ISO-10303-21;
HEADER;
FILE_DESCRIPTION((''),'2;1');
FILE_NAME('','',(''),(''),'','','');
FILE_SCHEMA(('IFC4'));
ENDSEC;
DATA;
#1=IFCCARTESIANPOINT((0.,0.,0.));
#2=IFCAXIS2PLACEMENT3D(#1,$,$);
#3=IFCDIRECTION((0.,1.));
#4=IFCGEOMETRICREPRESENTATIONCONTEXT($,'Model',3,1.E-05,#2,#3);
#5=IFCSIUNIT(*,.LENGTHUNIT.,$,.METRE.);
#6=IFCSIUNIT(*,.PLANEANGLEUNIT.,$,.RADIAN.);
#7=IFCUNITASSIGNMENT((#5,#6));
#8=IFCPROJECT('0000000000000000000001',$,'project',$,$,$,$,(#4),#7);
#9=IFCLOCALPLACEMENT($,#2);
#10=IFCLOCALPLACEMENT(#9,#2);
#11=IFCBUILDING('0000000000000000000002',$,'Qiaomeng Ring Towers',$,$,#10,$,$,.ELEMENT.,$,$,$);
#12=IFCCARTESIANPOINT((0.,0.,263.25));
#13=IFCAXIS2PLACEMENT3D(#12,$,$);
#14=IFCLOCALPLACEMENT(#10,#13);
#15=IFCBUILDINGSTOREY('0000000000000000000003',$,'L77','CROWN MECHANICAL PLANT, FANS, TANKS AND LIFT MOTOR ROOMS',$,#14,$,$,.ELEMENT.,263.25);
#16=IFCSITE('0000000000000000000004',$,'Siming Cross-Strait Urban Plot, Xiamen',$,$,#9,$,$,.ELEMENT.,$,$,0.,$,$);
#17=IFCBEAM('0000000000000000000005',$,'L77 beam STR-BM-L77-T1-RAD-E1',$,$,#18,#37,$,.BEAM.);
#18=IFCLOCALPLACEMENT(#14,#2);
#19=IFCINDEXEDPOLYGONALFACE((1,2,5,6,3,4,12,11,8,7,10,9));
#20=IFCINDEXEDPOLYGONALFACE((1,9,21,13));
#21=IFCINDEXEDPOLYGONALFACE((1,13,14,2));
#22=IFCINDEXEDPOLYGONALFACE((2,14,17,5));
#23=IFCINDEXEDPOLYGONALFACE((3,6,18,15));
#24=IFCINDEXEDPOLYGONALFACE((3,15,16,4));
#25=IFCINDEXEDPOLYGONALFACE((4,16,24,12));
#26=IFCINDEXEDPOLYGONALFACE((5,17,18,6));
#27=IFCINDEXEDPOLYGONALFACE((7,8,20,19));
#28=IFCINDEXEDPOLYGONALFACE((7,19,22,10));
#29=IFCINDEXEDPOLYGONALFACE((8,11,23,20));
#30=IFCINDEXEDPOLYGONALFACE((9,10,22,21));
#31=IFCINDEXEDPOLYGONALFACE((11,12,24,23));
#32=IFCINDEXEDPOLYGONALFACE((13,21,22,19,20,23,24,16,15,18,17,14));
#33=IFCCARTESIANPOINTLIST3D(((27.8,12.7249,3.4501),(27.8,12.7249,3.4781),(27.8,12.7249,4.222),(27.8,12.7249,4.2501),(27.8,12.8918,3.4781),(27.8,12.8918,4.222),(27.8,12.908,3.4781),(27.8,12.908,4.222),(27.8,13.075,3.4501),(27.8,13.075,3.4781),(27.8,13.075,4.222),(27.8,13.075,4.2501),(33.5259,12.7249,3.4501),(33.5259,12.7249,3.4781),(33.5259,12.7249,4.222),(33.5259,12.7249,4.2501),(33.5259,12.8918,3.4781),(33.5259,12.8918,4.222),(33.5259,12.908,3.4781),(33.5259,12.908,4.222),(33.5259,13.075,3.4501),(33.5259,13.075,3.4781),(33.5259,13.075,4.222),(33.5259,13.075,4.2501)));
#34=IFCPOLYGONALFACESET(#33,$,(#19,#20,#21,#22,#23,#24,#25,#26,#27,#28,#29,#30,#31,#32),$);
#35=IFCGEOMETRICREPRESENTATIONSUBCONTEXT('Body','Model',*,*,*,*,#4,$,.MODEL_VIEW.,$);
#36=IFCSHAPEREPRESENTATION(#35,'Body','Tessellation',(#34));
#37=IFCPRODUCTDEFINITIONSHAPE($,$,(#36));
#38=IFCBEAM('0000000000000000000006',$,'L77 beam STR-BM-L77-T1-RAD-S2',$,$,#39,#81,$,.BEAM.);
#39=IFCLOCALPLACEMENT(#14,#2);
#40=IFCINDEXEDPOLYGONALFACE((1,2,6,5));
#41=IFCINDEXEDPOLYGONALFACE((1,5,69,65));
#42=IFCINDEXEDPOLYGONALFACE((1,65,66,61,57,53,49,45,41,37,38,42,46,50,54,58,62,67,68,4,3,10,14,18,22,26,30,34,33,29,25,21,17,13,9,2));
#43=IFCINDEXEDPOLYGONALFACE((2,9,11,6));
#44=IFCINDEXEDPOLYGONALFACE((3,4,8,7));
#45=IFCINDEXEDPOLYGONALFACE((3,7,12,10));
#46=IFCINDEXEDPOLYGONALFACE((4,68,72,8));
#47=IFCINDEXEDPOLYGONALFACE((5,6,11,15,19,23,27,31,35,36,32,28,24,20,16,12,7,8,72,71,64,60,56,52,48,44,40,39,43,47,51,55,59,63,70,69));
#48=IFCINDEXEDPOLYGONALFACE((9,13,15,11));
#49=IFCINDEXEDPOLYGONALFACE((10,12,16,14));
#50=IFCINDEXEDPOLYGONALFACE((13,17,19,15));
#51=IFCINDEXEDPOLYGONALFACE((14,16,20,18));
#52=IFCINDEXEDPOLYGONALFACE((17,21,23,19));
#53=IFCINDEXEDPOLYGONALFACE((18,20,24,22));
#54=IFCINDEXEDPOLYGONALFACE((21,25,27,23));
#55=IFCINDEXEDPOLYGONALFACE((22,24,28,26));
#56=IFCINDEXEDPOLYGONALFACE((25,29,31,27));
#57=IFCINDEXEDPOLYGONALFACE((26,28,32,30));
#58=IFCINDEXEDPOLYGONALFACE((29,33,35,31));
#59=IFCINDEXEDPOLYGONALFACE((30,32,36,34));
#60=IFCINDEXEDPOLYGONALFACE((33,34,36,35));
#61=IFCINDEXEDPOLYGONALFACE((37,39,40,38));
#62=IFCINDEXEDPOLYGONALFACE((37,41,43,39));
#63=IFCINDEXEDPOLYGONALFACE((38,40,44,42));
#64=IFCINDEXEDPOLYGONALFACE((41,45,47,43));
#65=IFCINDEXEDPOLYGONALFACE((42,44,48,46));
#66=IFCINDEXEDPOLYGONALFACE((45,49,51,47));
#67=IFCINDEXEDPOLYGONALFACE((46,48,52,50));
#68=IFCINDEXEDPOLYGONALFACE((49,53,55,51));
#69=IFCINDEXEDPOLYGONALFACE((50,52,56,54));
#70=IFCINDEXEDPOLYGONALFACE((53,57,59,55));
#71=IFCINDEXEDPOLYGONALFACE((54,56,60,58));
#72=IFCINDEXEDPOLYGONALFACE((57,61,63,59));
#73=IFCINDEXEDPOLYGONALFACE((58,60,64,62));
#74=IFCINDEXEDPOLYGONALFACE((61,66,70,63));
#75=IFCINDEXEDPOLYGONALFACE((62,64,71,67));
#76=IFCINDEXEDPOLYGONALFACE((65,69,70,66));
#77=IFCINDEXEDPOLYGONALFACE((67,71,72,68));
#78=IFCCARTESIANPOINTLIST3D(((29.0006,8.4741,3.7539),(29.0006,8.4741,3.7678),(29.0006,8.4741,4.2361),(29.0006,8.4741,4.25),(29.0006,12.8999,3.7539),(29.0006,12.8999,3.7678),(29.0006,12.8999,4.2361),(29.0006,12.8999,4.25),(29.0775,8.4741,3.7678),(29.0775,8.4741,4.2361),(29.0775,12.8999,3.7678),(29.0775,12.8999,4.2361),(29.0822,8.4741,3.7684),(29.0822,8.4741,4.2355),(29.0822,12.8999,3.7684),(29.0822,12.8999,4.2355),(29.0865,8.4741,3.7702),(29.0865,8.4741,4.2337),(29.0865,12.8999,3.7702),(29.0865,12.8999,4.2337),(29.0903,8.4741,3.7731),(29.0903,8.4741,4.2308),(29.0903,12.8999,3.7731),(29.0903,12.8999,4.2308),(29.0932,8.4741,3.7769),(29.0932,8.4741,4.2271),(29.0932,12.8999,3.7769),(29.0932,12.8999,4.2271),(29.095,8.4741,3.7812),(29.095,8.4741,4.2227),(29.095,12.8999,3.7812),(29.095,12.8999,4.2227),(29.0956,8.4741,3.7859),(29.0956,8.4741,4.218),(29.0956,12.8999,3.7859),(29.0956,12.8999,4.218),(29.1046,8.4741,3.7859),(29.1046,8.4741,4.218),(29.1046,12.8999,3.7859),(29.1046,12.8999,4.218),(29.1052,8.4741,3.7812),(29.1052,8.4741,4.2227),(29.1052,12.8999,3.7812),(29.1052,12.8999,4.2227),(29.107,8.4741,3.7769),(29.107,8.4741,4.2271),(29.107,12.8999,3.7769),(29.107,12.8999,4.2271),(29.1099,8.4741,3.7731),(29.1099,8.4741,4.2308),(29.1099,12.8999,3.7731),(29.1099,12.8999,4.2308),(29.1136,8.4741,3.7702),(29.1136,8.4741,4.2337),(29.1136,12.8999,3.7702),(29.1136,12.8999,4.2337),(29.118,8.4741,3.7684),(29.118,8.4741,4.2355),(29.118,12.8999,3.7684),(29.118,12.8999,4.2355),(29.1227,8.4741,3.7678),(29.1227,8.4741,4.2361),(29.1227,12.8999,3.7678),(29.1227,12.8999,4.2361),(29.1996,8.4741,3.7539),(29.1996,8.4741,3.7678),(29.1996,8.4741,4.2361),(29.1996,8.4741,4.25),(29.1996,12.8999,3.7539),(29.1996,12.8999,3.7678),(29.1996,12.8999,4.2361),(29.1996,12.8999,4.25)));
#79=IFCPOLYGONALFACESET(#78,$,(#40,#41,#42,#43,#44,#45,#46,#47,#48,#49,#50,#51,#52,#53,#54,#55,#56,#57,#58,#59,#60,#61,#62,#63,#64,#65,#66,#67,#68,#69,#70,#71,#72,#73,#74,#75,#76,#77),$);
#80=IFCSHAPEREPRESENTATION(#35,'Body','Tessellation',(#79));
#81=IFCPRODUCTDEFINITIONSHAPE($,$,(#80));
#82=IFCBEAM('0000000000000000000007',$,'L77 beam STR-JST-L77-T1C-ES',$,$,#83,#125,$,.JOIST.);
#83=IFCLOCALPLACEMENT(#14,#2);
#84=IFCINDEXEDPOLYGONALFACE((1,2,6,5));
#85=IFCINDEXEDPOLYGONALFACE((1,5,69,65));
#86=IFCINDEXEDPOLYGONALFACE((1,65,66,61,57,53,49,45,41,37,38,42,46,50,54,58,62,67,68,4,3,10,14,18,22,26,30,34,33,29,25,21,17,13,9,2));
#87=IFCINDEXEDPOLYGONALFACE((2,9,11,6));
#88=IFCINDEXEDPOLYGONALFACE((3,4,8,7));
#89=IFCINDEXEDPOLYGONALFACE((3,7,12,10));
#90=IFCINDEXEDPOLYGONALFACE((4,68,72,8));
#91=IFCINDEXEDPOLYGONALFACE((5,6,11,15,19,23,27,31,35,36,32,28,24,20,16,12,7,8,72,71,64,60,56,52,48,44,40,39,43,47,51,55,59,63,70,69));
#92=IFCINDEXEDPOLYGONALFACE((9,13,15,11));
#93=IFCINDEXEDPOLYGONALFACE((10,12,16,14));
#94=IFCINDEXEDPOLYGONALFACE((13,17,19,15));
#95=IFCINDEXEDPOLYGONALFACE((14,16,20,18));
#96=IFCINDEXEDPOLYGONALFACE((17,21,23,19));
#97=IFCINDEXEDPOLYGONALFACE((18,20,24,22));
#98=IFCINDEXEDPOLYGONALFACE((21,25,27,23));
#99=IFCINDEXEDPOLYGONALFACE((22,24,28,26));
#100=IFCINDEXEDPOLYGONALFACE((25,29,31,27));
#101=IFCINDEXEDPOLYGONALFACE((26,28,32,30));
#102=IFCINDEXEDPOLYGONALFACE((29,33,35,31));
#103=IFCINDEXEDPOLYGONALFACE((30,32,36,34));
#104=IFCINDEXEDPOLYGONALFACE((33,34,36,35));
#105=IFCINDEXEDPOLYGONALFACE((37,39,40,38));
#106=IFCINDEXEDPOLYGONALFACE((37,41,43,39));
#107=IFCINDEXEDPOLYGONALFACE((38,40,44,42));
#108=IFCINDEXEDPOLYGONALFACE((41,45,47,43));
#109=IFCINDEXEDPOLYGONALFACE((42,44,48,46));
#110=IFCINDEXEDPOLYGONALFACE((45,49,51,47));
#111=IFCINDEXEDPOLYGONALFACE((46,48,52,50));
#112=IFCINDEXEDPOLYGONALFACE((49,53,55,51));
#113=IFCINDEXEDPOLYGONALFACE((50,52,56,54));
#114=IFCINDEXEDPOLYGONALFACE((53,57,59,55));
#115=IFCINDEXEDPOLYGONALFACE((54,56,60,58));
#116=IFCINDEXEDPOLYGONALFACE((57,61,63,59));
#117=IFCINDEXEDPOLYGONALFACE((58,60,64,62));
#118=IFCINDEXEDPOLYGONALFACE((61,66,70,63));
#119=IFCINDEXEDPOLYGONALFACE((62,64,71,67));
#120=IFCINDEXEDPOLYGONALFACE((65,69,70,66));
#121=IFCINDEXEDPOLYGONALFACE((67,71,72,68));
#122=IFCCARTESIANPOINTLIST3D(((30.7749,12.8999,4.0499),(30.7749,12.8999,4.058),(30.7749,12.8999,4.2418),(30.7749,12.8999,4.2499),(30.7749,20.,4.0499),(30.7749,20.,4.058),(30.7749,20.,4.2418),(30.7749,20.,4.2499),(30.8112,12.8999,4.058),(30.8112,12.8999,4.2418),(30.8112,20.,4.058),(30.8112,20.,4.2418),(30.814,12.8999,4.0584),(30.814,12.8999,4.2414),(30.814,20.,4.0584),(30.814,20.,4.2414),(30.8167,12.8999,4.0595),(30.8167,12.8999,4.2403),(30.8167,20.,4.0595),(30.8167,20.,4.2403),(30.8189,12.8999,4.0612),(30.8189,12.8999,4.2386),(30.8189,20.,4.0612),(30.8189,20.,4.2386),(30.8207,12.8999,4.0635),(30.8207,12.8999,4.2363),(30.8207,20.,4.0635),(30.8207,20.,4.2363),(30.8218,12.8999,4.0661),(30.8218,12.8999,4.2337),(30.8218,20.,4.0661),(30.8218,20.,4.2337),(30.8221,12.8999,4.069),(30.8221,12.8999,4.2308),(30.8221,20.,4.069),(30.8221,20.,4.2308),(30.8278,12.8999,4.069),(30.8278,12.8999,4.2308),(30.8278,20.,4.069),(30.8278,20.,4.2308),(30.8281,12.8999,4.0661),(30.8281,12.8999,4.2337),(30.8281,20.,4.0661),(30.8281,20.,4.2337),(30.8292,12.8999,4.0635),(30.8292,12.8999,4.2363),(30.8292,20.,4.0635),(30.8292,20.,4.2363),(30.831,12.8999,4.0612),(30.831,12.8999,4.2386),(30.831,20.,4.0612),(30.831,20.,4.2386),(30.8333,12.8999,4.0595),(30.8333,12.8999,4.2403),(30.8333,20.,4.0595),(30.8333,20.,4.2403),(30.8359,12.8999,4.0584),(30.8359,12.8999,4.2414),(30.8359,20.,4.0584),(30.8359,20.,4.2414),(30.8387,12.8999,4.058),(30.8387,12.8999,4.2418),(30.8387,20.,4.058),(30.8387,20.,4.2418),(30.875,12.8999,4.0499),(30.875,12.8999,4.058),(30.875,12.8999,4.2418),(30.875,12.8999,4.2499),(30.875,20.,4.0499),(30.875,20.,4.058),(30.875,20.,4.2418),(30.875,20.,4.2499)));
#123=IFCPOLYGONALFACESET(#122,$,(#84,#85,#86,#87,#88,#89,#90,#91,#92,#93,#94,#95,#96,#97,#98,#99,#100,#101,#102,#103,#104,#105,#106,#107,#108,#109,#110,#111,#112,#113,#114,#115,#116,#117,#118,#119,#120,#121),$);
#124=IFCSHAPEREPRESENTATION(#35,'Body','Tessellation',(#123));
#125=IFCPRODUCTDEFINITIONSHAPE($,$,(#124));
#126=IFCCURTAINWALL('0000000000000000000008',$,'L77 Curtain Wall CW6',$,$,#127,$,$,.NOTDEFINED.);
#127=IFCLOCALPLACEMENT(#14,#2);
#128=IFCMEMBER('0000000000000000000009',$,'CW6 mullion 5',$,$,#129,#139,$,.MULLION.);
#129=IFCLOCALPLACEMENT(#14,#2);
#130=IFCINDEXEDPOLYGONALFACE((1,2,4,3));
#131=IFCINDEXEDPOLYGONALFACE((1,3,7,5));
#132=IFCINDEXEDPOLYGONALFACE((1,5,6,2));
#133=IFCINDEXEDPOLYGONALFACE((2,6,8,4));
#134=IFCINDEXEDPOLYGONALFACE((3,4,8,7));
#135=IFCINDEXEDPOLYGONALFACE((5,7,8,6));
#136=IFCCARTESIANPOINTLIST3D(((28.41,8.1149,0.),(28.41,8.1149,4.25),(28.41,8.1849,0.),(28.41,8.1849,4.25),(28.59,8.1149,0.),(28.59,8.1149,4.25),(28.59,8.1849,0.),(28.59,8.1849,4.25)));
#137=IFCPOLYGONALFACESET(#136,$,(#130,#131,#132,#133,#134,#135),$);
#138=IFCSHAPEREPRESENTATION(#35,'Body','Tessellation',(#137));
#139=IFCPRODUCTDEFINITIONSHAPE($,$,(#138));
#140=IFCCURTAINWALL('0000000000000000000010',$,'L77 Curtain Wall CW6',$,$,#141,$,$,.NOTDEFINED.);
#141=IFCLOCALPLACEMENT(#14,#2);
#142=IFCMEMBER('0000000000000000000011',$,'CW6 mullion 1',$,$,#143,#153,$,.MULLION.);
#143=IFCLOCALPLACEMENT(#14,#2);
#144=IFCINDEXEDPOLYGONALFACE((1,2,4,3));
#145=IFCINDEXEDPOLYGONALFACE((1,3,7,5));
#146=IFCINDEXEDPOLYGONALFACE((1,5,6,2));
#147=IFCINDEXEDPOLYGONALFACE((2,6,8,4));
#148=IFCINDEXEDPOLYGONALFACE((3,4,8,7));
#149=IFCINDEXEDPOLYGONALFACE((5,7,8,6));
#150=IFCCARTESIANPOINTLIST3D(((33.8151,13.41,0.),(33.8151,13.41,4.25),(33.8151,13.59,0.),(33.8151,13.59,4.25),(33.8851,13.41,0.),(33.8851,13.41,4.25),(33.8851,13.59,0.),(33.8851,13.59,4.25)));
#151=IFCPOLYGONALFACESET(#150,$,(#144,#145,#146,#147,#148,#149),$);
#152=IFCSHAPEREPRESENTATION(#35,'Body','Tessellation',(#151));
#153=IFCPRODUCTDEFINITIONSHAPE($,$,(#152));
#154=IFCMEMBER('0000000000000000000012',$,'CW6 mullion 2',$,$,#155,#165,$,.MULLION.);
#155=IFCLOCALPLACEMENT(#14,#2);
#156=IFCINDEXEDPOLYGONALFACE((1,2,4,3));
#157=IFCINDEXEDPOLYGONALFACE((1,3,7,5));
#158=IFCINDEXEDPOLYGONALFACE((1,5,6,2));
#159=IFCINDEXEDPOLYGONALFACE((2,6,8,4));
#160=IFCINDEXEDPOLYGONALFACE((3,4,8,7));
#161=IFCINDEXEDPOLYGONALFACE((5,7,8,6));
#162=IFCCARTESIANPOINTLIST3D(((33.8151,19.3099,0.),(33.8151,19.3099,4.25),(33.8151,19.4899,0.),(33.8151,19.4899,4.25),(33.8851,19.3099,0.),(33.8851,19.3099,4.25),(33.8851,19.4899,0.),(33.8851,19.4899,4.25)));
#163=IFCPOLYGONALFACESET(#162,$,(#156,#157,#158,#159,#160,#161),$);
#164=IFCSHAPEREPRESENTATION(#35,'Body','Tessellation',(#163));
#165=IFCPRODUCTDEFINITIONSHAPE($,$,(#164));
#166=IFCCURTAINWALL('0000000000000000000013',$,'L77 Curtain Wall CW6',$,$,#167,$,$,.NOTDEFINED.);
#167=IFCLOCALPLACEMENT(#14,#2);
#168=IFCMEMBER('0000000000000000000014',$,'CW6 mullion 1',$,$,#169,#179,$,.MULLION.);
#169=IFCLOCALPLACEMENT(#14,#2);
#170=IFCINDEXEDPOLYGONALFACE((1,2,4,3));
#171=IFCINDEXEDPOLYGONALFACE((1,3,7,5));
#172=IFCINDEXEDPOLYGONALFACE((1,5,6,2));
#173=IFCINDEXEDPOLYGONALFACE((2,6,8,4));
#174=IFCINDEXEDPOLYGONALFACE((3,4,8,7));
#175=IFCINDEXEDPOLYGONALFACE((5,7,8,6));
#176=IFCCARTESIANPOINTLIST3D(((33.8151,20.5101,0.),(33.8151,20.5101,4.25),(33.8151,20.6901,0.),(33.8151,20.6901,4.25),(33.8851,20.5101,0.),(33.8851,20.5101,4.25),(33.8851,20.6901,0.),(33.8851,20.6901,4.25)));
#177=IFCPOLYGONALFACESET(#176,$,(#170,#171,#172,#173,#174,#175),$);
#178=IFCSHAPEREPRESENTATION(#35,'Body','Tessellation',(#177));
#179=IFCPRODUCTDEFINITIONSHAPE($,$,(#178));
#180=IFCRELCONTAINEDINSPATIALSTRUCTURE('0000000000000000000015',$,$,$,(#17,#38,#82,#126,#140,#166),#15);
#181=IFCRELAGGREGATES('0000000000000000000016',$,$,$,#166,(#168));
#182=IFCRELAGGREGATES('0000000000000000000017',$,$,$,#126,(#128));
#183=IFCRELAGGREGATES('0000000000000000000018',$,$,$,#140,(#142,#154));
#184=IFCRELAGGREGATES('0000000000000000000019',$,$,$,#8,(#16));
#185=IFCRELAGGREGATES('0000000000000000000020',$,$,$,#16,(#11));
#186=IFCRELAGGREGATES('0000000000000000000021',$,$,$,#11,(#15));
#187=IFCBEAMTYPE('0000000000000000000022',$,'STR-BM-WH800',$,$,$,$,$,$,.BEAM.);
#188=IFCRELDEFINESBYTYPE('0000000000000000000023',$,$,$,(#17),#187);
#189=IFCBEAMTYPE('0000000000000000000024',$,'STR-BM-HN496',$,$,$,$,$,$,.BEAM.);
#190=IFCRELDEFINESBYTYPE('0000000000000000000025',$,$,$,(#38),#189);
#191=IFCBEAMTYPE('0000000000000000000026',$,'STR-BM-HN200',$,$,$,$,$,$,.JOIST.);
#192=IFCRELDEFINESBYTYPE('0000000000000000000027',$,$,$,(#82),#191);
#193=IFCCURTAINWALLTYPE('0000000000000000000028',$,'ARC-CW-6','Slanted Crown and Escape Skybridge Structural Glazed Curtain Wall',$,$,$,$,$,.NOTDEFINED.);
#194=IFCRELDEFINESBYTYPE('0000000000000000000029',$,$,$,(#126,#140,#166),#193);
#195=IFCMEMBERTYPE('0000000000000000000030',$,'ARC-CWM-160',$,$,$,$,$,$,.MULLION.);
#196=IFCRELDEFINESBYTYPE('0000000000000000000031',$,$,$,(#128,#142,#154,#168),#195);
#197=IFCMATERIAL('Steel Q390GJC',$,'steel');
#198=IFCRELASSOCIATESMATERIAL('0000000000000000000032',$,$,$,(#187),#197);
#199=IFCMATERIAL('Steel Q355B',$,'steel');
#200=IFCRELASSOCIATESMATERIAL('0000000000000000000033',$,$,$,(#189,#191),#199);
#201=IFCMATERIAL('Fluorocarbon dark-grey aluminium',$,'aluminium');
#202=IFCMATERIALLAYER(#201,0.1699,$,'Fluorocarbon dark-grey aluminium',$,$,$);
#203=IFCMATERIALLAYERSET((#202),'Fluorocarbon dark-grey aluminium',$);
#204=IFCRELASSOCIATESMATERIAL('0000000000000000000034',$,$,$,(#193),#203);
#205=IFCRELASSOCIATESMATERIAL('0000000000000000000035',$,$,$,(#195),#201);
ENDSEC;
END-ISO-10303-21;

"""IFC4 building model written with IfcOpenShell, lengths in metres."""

from ifc_helpers import new_model, si_unit, direction, frame, origin, origin_2d, place, context, subcontext, project, spatial, rectangle, i_section, extrude, source, transform, mapped, material, layer, layer_set, material_profile, profile_set, type_object, element, aggregate, save


model = new_model("IFC4")

# Units and contexts
model_context = context("Model", 3, precision=1e-05, world=origin(), true_north=direction((0.0, 1.0)))
body_context = subcontext(model_context, "Body", "Model", "MODEL_VIEW")
ifc_project = project(units=[si_unit("LENGTHUNIT", "METRE"), si_unit("PLANEANGLEUNIT", "RADIAN")], contexts=[model_context])

# Site, building, storey
site_placement = place(None, origin())
site = spatial("IfcSite", under=ifc_project, at=site_placement, Name="Siming Cross-Strait Urban Plot, Xiamen", CompositionType="ELEMENT", RefElevation=0.0)
building_placement = place(site_placement, origin())
building = spatial("IfcBuilding", under=site, at=building_placement, Name="Qiaomeng Ring Towers", CompositionType="ELEMENT")
storey_placement = place(building_placement, frame((0.0, 0.0, 263.25)))
storey = spatial("IfcBuildingStorey", under=building, at=storey_placement, Name="L77", Description="CROWN MECHANICAL PLANT, FANS, TANKS AND LIFT MOTOR ROOMS", CompositionType="ELEMENT", Elevation=263.25)

# Beams
ifc_material_1 = material(Name="Steel Q355B", Category="steel")
ifc_material_2 = material(Name="Steel Q390GJC", Category="steel")
ifc_material_profile_1 = material_profile(ifc_material_2, i_section(OverallWidth=0.3501, OverallDepth=0.8, WebThickness=0.0161, FlangeThickness=0.0281, at=origin_2d()), Name="WH 800x350x16x28")
ifc_profile_set_1 = profile_set([ifc_material_profile_1], Name="Steel Q390GJC")
beam_type_1 = type_object("IfcBeamType", Name="STR-BM-WH800", PredefinedType="BEAM", material=ifc_profile_set_1)
shared_shape_1 = source(origin(), body_context, "Body", "SweptSolid", [
    extrude(i_section(OverallWidth=0.3501, OverallDepth=0.8, WebThickness=0.0161, FlangeThickness=0.0281, at=origin_2d()), origin(), (0.0, 0.0, 1.0), 5.7258),
])
beam_1_placement = place(storey_placement, frame((27.8, 12.8999, 3.8501), z_axis=(1.0, 0.0, 0.0), x_axis=(0.0, 1.0, 0.0)))
element("IfcBeam", 1, at=beam_1_placement, inside=storey, type_object=beam_type_1, Name="L77 beam STR-BM-L77-T1-RAD-E1", PredefinedType="BEAM", context=body_context, shape_type="MappedRepresentation", body=[
    mapped(shared_shape_1, transform((0.0, 0.0, 0.0), x_axis=(1.0, 0.0, 0.0), y_axis=(0.0, 1.0, 0.0), z_axis=(0.0, 0.0, 1.0), scale=1.0)),
])
ifc_material_profile_2 = material_profile(ifc_material_1, i_section(OverallWidth=0.199, OverallDepth=0.4961, WebThickness=0.009, FlangeThickness=0.0139, FilletRadius=0.0181, at=origin_2d()), Name="HN 496x199x9x14")
ifc_profile_set_2 = profile_set([ifc_material_profile_2], Name="Steel Q355B")
beam_type_2 = type_object("IfcBeamType", Name="STR-BM-HN496", PredefinedType="BEAM", material=ifc_profile_set_2)
shared_shape_2 = source(origin(), body_context, "Body", "SweptSolid", [
    extrude(i_section(OverallWidth=0.199, OverallDepth=0.4961, WebThickness=0.009, FlangeThickness=0.0139, FilletRadius=0.0181, at=origin_2d()), origin(), (0.0, 0.0, 1.0), 4.4258),
])
beam_2_placement = place(storey_placement, frame((29.1001, 8.4741, 4.002), z_axis=(0.0, 1.0, 0.0), x_axis=(-1.0, 0.0, 0.0)))
element("IfcBeam", 2, at=beam_2_placement, inside=storey, type_object=beam_type_2, Name="L77 beam STR-BM-L77-T1-RAD-S2", PredefinedType="BEAM", context=body_context, shape_type="MappedRepresentation", body=[
    mapped(shared_shape_2, transform((0.0, 0.0, 0.0), x_axis=(1.0, 0.0, 0.0), y_axis=(0.0, 1.0, 0.0), z_axis=(0.0, 0.0, 1.0), scale=1.0)),
])
ifc_material_profile_3 = material_profile(ifc_material_1, i_section(OverallWidth=0.1001, OverallDepth=0.2, WebThickness=0.0056, FlangeThickness=0.0081, FilletRadius=0.011, at=origin_2d()), Name="HN 200x100x5.5x8")
ifc_profile_set_3 = profile_set([ifc_material_profile_3], Name="Steel Q355B")
beam_type_3 = type_object("IfcBeamType", Name="STR-BM-HN200", PredefinedType="JOIST", material=ifc_profile_set_3)
shared_shape_3 = source(origin(), body_context, "Body", "SweptSolid", [
    extrude(i_section(OverallWidth=0.1001, OverallDepth=0.2, WebThickness=0.0056, FlangeThickness=0.0081, FilletRadius=0.011, at=origin_2d()), origin(), (0.0, 0.0, 1.0), 7.1001),
])
beam_3_placement = place(storey_placement, frame((30.825, 12.8999, 4.1499), z_axis=(0.0, 1.0, 0.0), x_axis=(-1.0, 0.0, 0.0)))
element("IfcBeam", 3, at=beam_3_placement, inside=storey, type_object=beam_type_3, Name="L77 beam STR-JST-L77-T1C-ES", PredefinedType="JOIST", context=body_context, shape_type="MappedRepresentation", body=[
    mapped(shared_shape_3, transform((0.0, 0.0, 0.0), x_axis=(1.0, 0.0, 0.0), y_axis=(0.0, 1.0, 0.0), z_axis=(0.0, 0.0, 1.0), scale=1.0)),
])

# Curtain wall, member
ifc_material_3 = material(Name="Fluorocarbon dark-grey aluminium", Category="aluminium")
ifc_layer_1 = layer(ifc_material_3, 0.1699, Name="Fluorocarbon dark-grey aluminium")
ifc_layer_set_1 = layer_set([ifc_layer_1], Name="Fluorocarbon dark-grey aluminium")
curtain_wall_type = type_object("IfcCurtainWallType", Name="ARC-CW-6", Description="Slanted Crown and Escape Skybridge Structural Glazed Curtain Wall", PredefinedType="NOTDEFINED", material=ifc_layer_set_1)
curtain_wall_1_placement = place(storey_placement, origin())
curtain_wall_1 = element("IfcCurtainWall", 4, at=curtain_wall_1_placement, inside=storey, type_object=curtain_wall_type, Name="L77 Curtain Wall CW6", PredefinedType="NOTDEFINED")
ifc_material_profile_4 = material_profile(ifc_material_3, rectangle(XDim=0.0701, YDim=0.1799, at=origin_2d()), Name="ALU MULL 70x180")
ifc_profile_set_4 = profile_set([ifc_material_profile_4], Name="Fluorocarbon dark-grey aluminium")
member_type_1 = type_object("IfcMemberType", Name="ARC-CWM-160", PredefinedType="MULLION", material=ifc_profile_set_4)
shared_shape_4 = source(origin(), body_context, "Body", "SweptSolid", [
    extrude(rectangle(XDim=0.0701, YDim=0.1799, at=origin_2d()), origin(), (0.0, 0.0, 1.0), 4.25),
])
member_1_placement = place(storey_placement, frame((28.5, 8.1499, 0.0), z_axis=(0.0, 0.0, 1.0), x_axis=(0.0, 1.0, 0.0)))
member_1 = element("IfcMember", 5, at=member_1_placement, type_object=member_type_1, Name="CW6 mullion 5", PredefinedType="MULLION", context=body_context, shape_type="MappedRepresentation", body=[
    mapped(shared_shape_4, transform((0.0, 0.0, 0.0), x_axis=(1.0, 0.0, 0.0), y_axis=(0.0, 1.0, 0.0), z_axis=(0.0, 0.0, 1.0), scale=1.0)),
])

# Curtain wall, members
curtain_wall_2_placement = place(storey_placement, origin())
curtain_wall_2 = element("IfcCurtainWall", 6, at=curtain_wall_2_placement, inside=storey, type_object=curtain_wall_type, Name="L77 Curtain Wall CW6", PredefinedType="NOTDEFINED")
member_2_placement = place(storey_placement, frame((33.8501, 13.5, 0.0), z_axis=(0.0, 0.0, 1.0), x_axis=(-1.0, 0.0, 0.0)))
member_2 = element("IfcMember", 7, at=member_2_placement, type_object=member_type_1, Name="CW6 mullion 1", PredefinedType="MULLION", context=body_context, shape_type="MappedRepresentation", body=[
    mapped(shared_shape_4, transform((0.0, 0.0, 0.0), x_axis=(1.0, 0.0, 0.0), y_axis=(0.0, 1.0, 0.0), z_axis=(0.0, 0.0, 1.0), scale=1.0)),
])
member_3_placement = place(storey_placement, frame((33.8501, 19.3999, 0.0), z_axis=(0.0, 0.0, 1.0), x_axis=(-1.0, 0.0, 0.0)))
member_3 = element("IfcMember", 8, at=member_3_placement, type_object=member_type_1, Name="CW6 mullion 2", PredefinedType="MULLION", context=body_context, shape_type="MappedRepresentation", body=[
    mapped(shared_shape_4, transform((0.0, 0.0, 0.0), x_axis=(1.0, 0.0, 0.0), y_axis=(0.0, 1.0, 0.0), z_axis=(0.0, 0.0, 1.0), scale=1.0)),
])

# Curtain wall, member
curtain_wall_3_placement = place(storey_placement, origin())
curtain_wall_3 = element("IfcCurtainWall", 9, at=curtain_wall_3_placement, inside=storey, type_object=curtain_wall_type, Name="L77 Curtain Wall CW6", PredefinedType="NOTDEFINED")
member_4_placement = place(storey_placement, frame((33.8501, 20.6001, 0.0), z_axis=(0.0, 0.0, 1.0), x_axis=(-1.0, 0.0, 0.0)))
member_4 = element("IfcMember", 10, at=member_4_placement, type_object=member_type_1, Name="CW6 mullion 1", PredefinedType="MULLION", context=body_context, shape_type="MappedRepresentation", body=[
    mapped(shared_shape_4, transform((0.0, 0.0, 0.0), x_axis=(1.0, 0.0, 0.0), y_axis=(0.0, 1.0, 0.0), z_axis=(0.0, 0.0, 1.0), scale=1.0)),
])

aggregate(curtain_wall_3, [member_4])

aggregate(curtain_wall_1, [member_1])
aggregate(curtain_wall_2, [member_2, member_3])

save(model, "model.ifc")
